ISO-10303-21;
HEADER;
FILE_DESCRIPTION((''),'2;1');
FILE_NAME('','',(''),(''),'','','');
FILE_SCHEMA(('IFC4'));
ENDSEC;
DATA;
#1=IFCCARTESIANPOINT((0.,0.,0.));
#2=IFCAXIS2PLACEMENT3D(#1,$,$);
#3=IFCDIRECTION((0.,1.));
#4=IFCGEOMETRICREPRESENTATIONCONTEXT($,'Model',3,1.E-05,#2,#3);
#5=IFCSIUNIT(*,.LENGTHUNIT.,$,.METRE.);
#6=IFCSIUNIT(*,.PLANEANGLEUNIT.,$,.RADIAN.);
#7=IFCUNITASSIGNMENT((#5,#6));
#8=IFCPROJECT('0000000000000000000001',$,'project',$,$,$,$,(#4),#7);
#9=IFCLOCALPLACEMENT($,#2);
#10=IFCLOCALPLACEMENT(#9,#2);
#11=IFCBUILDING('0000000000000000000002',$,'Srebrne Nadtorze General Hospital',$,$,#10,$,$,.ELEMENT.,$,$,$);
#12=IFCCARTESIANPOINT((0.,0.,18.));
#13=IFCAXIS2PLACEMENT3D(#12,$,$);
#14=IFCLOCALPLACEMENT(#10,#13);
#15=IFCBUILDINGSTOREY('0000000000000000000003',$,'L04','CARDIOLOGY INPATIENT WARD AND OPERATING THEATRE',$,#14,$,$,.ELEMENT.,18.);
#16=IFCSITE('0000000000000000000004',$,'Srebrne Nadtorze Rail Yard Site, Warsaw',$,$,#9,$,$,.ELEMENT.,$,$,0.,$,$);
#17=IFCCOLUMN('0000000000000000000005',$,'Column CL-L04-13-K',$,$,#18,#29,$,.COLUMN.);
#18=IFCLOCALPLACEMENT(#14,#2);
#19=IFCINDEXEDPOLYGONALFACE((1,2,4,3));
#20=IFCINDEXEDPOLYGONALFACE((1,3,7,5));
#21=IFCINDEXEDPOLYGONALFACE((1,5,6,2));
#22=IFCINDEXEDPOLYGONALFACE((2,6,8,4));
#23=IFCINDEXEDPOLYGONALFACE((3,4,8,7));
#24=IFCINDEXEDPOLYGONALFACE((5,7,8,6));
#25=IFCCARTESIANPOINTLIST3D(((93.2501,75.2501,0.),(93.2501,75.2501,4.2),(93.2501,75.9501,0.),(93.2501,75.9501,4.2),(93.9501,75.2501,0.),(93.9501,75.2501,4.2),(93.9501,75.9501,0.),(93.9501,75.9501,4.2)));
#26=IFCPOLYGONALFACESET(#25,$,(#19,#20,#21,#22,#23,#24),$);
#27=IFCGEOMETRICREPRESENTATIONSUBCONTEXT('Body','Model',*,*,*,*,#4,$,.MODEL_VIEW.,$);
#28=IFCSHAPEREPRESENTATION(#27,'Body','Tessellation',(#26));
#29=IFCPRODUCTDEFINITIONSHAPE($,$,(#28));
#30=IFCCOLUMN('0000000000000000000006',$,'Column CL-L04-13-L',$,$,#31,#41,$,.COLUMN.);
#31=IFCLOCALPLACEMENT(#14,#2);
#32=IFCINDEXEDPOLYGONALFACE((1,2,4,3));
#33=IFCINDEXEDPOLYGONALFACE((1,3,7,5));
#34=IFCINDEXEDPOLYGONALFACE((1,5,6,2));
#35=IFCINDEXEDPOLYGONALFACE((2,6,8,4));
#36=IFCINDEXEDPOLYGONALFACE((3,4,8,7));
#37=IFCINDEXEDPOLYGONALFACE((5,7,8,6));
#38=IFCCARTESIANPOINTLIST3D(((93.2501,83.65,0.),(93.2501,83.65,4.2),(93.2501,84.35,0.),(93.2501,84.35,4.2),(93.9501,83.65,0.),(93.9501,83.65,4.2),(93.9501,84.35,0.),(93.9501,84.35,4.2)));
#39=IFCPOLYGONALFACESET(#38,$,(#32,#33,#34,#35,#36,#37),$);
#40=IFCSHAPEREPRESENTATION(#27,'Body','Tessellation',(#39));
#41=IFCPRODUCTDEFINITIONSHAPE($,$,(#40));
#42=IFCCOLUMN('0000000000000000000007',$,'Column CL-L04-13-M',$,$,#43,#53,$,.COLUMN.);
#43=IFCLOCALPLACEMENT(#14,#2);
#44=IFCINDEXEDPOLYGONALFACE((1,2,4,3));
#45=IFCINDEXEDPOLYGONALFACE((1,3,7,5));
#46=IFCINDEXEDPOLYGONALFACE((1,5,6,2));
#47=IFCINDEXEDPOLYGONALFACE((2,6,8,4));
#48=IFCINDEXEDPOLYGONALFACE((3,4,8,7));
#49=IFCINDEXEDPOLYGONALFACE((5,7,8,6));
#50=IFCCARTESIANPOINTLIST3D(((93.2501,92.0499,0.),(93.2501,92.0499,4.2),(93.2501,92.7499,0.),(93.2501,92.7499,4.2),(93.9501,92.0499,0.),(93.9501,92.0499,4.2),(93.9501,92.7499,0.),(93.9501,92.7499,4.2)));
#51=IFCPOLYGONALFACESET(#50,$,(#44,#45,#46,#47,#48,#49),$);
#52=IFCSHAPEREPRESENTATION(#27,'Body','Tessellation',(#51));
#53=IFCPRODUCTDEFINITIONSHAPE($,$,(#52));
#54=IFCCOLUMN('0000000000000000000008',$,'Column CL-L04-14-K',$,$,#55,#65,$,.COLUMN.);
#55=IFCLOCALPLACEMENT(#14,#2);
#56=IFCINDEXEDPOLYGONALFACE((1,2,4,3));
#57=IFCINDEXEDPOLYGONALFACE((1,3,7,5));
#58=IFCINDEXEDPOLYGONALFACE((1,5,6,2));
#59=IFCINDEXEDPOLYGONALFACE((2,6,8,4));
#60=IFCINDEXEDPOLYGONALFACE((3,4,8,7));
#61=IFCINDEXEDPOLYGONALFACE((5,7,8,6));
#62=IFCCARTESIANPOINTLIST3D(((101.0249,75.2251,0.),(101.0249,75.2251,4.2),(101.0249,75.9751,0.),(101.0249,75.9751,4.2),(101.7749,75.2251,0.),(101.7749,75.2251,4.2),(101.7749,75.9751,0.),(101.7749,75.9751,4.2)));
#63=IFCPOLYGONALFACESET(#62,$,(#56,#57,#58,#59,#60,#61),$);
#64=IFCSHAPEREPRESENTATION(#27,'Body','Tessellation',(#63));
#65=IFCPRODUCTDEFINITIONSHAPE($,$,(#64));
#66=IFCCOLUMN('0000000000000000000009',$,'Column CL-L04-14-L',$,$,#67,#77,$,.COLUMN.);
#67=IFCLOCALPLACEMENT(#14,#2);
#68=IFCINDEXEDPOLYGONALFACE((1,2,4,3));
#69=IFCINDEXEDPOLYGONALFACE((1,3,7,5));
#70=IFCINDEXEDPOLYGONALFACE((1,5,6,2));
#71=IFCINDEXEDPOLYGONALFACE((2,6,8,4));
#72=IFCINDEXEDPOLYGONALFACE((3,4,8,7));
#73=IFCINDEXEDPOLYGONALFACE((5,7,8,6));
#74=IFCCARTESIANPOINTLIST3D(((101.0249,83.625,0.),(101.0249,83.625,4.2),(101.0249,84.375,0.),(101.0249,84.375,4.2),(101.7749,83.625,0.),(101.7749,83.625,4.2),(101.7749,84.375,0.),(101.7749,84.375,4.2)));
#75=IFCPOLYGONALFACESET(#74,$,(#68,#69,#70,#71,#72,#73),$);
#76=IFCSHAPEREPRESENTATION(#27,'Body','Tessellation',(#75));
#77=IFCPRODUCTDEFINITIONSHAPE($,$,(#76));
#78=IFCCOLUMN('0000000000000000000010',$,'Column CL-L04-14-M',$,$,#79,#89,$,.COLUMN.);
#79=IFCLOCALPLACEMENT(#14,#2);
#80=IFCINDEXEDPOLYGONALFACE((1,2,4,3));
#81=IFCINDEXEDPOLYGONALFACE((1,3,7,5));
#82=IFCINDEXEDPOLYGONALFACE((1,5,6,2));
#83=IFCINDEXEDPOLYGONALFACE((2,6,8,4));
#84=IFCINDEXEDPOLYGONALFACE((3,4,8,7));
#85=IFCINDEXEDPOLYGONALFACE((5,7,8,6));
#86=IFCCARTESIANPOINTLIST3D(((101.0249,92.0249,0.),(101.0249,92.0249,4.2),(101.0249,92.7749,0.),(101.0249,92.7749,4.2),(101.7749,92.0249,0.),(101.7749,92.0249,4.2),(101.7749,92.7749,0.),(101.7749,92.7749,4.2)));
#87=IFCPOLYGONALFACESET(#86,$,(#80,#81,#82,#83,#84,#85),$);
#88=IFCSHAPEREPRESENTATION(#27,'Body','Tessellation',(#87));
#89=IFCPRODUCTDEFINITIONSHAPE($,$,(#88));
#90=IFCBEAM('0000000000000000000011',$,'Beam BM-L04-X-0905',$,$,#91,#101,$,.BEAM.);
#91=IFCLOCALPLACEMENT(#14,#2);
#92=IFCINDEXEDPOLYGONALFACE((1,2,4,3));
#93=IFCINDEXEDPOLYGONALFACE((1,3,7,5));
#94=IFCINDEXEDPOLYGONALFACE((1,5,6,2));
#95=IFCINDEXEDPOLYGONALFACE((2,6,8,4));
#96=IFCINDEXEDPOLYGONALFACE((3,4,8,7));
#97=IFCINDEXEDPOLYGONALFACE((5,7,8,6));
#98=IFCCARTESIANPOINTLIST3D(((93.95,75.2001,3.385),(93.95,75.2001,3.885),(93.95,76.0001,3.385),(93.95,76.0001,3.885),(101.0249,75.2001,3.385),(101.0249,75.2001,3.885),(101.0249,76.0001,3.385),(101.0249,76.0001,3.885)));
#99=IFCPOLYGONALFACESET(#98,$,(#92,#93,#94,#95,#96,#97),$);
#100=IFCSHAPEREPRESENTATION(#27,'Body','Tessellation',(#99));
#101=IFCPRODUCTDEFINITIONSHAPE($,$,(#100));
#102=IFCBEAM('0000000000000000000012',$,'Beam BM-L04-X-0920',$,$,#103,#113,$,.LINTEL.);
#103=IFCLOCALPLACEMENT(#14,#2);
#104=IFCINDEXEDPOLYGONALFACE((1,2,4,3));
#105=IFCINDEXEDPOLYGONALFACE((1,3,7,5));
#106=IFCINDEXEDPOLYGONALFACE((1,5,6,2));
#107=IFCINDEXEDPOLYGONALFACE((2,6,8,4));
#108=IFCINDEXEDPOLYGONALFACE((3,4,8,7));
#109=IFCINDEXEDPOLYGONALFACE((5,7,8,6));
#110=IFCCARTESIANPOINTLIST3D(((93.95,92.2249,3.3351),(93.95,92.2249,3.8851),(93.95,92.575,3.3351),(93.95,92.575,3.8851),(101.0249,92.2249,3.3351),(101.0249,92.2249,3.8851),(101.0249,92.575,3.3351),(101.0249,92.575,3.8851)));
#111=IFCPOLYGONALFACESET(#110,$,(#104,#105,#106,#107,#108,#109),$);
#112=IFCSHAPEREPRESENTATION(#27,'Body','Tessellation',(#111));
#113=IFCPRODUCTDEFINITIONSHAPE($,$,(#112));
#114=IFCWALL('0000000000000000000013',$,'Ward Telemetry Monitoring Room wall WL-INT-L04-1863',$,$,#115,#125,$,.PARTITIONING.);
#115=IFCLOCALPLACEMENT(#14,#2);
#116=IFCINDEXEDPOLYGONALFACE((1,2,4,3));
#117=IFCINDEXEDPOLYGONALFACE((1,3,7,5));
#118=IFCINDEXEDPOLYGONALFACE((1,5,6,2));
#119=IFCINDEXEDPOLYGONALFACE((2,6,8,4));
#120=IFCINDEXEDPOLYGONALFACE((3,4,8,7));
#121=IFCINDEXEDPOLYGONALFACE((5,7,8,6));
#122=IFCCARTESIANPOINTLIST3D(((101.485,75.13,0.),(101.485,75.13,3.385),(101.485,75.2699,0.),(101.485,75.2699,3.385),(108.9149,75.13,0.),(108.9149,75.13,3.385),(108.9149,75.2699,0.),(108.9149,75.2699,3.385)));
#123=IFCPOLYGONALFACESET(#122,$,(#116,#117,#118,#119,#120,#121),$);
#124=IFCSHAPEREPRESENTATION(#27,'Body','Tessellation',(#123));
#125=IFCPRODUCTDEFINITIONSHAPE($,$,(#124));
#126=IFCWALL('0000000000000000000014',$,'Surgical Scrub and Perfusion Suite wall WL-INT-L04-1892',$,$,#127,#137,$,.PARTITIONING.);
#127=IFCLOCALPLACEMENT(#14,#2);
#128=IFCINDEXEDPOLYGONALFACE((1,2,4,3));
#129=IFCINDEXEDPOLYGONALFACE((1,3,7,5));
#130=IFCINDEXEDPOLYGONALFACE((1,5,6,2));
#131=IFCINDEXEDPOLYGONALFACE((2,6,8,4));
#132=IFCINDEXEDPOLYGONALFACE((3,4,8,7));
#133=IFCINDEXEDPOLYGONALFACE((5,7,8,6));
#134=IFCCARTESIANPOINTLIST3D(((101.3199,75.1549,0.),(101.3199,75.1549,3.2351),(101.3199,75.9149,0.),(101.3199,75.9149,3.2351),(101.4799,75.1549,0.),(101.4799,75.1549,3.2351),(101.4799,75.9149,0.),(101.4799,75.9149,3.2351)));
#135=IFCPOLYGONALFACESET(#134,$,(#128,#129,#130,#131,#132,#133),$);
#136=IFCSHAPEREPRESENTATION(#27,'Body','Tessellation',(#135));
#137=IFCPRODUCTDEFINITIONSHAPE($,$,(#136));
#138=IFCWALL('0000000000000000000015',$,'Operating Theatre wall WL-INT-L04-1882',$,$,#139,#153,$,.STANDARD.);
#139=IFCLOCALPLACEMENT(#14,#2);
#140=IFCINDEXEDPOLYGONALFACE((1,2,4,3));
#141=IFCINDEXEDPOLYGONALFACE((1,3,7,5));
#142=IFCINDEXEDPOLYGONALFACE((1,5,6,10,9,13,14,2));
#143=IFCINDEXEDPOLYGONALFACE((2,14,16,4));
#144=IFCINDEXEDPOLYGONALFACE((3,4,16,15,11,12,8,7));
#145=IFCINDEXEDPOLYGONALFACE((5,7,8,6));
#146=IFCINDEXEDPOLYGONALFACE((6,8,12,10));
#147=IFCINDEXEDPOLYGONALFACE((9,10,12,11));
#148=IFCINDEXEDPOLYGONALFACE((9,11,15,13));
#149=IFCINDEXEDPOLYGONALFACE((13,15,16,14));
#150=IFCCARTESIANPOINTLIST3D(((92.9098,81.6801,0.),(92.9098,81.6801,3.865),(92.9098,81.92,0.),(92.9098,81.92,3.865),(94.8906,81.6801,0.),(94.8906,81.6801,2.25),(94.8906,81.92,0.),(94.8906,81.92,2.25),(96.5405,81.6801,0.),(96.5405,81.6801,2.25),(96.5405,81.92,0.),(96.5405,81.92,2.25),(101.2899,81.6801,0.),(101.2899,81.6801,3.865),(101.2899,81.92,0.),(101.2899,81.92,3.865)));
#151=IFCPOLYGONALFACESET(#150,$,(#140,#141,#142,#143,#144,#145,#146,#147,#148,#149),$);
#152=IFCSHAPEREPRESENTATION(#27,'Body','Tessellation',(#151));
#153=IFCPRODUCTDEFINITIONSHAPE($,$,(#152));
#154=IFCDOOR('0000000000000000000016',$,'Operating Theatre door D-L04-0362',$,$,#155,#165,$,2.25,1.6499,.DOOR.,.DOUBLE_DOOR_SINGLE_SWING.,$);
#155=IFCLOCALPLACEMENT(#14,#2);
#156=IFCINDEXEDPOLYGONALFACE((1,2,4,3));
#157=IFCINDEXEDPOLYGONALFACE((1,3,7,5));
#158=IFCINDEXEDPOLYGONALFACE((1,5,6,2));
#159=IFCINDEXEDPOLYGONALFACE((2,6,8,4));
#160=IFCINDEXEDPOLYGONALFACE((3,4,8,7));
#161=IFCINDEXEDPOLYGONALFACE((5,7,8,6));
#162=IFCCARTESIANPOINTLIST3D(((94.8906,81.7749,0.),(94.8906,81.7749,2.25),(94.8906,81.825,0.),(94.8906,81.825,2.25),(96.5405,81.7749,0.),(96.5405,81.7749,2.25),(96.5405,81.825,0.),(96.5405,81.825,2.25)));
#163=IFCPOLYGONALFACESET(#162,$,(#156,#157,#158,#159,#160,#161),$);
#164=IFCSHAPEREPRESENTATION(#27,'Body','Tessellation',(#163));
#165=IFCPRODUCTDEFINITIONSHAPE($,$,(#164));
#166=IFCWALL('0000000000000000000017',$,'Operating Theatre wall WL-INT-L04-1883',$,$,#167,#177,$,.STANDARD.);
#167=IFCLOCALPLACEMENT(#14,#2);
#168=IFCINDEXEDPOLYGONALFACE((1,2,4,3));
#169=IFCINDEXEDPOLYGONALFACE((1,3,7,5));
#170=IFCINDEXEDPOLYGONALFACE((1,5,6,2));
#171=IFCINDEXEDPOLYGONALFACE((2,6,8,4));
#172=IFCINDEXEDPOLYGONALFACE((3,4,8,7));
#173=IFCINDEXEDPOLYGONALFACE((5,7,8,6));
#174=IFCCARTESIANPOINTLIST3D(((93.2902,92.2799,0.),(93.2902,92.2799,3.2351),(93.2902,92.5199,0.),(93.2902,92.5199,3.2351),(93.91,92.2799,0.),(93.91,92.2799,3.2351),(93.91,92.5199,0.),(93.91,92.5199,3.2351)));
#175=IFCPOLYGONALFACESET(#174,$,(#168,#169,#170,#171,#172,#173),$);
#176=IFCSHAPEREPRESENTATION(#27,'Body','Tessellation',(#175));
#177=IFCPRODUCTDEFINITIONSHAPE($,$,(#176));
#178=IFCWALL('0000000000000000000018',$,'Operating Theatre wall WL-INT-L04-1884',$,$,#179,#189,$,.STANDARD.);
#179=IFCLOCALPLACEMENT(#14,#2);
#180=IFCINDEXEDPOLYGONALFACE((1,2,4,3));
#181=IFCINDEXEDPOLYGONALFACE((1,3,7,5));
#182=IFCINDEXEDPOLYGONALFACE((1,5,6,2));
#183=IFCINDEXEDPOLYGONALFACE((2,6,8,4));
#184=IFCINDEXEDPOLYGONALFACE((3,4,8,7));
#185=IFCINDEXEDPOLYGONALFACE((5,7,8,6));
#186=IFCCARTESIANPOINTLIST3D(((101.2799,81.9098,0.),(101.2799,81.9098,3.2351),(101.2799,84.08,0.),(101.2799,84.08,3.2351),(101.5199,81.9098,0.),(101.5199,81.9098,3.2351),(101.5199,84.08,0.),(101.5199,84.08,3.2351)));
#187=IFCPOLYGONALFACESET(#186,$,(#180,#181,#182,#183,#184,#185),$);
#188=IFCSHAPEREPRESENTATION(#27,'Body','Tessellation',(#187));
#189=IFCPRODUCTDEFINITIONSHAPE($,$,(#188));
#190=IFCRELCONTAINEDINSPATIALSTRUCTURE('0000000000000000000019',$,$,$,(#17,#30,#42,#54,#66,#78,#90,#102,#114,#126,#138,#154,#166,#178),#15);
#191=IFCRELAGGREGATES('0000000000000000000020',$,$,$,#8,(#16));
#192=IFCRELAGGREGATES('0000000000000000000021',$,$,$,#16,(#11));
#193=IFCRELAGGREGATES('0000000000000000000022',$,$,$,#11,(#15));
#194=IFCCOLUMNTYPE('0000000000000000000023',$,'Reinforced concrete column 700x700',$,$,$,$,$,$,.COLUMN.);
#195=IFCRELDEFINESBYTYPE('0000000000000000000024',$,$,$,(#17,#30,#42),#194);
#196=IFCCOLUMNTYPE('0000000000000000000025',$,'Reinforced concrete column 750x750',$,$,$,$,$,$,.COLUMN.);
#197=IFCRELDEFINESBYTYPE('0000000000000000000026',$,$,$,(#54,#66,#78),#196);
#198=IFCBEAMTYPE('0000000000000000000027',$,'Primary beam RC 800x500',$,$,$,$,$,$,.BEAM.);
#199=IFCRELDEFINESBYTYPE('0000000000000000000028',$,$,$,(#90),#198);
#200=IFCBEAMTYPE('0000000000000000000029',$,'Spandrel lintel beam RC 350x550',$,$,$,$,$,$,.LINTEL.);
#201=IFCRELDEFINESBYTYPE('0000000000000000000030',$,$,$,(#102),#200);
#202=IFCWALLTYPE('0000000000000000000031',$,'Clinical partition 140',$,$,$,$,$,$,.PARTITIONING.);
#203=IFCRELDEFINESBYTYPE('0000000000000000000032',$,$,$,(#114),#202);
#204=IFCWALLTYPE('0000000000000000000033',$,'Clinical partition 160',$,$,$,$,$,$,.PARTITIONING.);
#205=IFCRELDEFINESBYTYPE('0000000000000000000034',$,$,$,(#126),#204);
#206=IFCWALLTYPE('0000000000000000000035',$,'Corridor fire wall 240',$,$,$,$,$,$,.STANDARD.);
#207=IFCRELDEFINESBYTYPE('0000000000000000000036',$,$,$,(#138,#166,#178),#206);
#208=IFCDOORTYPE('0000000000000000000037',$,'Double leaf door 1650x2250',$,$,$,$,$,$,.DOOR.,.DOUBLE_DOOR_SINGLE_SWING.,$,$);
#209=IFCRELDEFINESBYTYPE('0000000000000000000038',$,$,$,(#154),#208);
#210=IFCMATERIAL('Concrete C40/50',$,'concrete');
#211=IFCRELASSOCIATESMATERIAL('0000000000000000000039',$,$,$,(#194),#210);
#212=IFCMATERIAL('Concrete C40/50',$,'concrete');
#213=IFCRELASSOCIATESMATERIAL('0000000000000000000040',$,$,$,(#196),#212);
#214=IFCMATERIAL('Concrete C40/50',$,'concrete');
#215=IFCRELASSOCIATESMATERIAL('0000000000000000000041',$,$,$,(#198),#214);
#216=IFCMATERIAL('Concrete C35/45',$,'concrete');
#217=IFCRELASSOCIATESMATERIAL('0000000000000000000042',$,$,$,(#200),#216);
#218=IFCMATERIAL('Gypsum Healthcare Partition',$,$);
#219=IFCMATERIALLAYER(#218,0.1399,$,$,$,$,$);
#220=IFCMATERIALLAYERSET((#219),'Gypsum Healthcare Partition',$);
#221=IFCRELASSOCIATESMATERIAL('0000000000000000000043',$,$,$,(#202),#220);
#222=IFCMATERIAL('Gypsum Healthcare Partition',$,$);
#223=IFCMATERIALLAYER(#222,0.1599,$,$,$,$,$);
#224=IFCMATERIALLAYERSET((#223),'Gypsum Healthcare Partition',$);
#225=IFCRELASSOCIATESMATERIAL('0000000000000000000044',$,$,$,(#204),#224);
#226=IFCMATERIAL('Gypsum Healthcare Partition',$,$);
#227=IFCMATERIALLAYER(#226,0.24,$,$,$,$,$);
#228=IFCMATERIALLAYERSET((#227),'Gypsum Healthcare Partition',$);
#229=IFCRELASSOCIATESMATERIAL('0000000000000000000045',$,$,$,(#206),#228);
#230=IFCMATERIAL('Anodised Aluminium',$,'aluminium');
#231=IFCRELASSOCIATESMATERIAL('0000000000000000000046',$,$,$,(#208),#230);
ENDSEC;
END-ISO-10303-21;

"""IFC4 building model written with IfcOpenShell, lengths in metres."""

from ifc_helpers import new_model, si_unit, direction, frame, frame_2d, origin, origin_2d, place, context, subcontext, project, spatial, rectangle, extrude, material, layer, layer_set, material_profile, profile_set, type_object, element, fill, save


model = new_model("IFC4")

# Units and contexts
model_context = context("Model", 3, precision=1e-05, world=origin(), true_north=direction((0.0, 1.0)))
body_context = subcontext(model_context, "Body", "Model", "MODEL_VIEW")
ifc_project = project(units=[si_unit("LENGTHUNIT", "METRE"), si_unit("PLANEANGLEUNIT", "RADIAN")], contexts=[model_context])

# Site, building, storey
site_placement = place(None, origin())
site = spatial("IfcSite", under=ifc_project, at=site_placement, Name="Srebrne Nadtorze Rail Yard Site, Warsaw", CompositionType="ELEMENT", RefElevation=0.0)
building_placement = place(site_placement, origin())
building = spatial("IfcBuilding", under=site, at=building_placement, Name="Srebrne Nadtorze General Hospital", CompositionType="ELEMENT")
storey_placement = place(building_placement, frame((0.0, 0.0, 18.0)))
storey = spatial("IfcBuildingStorey", under=building, at=storey_placement, Name="L04", Description="CARDIOLOGY INPATIENT WARD AND OPERATING THEATRE", CompositionType="ELEMENT", Elevation=18.0)

# Columns
ifc_material_1 = material(Name="Concrete C40/50", Category="concrete")
ifc_material_profile_1 = material_profile(ifc_material_1, rectangle(XDim=0.7, YDim=0.7, at=origin_2d()), Name="RC-COL-700x700")
ifc_profile_set_1 = profile_set([ifc_material_profile_1], Name="Concrete C40/50")
column_type_1 = type_object("IfcColumnType", Name="Reinforced concrete column 700x700", PredefinedType="COLUMN", material=ifc_profile_set_1)
for number, where, z_axis, x_axis, name in (
    (1, (93.6001, 75.6001, 0.0), (0.0, 0.0, 1.0), (1.0, 0.0, 0.0), "Column CL-L04-13-K"),
    (2, (93.6001, 84.0, 0.0), (0.0, 0.0, 1.0), (1.0, 0.0, 0.0), "Column CL-L04-13-L"),
    (3, (93.6001, 92.3999, 0.0), (0.0, 0.0, 1.0), (1.0, 0.0, 0.0), "Column CL-L04-13-M"),
):
    element("IfcColumn", number, at=place(storey_placement, frame(where, z_axis=z_axis, x_axis=x_axis)), inside=storey, type_object=column_type_1, Name=name, PredefinedType="COLUMN", context=body_context, shape_type="SweptSolid", body=[
        extrude(rectangle(XDim=0.7, YDim=0.7, at=origin_2d()), origin(), (0.0, 0.0, 1.0), 4.2),
    ])
ifc_material_2 = material(Name="Concrete C40/50", Category="concrete")
ifc_material_profile_2 = material_profile(ifc_material_2, rectangle(XDim=0.75, YDim=0.75, at=origin_2d()), Name="RC-COL-750x750")
ifc_profile_set_2 = profile_set([ifc_material_profile_2], Name="Concrete C40/50")
column_type_2 = type_object("IfcColumnType", Name="Reinforced concrete column 750x750", PredefinedType="COLUMN", material=ifc_profile_set_2)
for number, where, z_axis, x_axis, name in (
    (4, (101.3999, 75.6001, 0.0), (0.0, 0.0, 1.0), (1.0, 0.0, 0.0), "Column CL-L04-14-K"),
    (5, (101.3999, 84.0, 0.0), (0.0, 0.0, 1.0), (1.0, 0.0, 0.0), "Column CL-L04-14-L"),
    (6, (101.3999, 92.3999, 0.0), (0.0, 0.0, 1.0), (1.0, 0.0, 0.0), "Column CL-L04-14-M"),
):
    element("IfcColumn", number, at=place(storey_placement, frame(where, z_axis=z_axis, x_axis=x_axis)), inside=storey, type_object=column_type_2, Name=name, PredefinedType="COLUMN", context=body_context, shape_type="SweptSolid", body=[
        extrude(rectangle(XDim=0.75, YDim=0.75, at=origin_2d()), origin(), (0.0, 0.0, 1.0), 4.2),
    ])

# Beams
ifc_material_3 = material(Name="Concrete C40/50", Category="concrete")
ifc_material_profile_3 = material_profile(ifc_material_3, rectangle(XDim=0.8, YDim=0.5, at=origin_2d()), Name="RC-BM-800x500")
ifc_profile_set_3 = profile_set([ifc_material_profile_3], Name="Concrete C40/50")
beam_type_1 = type_object("IfcBeamType", Name="Primary beam RC 800x500", PredefinedType="BEAM", material=ifc_profile_set_3)
beam_1_placement = place(storey_placement, frame((93.95, 75.6001, 3.635), z_axis=(1.0, 0.0, 0.0), x_axis=(0.0, 1.0, 0.0)))
element("IfcBeam", 7, at=beam_1_placement, inside=storey, type_object=beam_type_1, Name="Beam BM-L04-X-0905", PredefinedType="BEAM", context=body_context, shape_type="SweptSolid", body=[
    extrude(rectangle(XDim=0.8, YDim=0.5, at=origin_2d()), origin(), (0.0, 0.0, 1.0), 7.075),
])
ifc_material_4 = material(Name="Concrete C35/45", Category="concrete")
ifc_material_profile_4 = material_profile(ifc_material_4, rectangle(XDim=0.3501, YDim=0.55, at=origin_2d()), Name="RC-BM-350x550")
ifc_profile_set_4 = profile_set([ifc_material_profile_4], Name="Concrete C35/45")
beam_type_2 = type_object("IfcBeamType", Name="Spandrel lintel beam RC 350x550", PredefinedType="LINTEL", material=ifc_profile_set_4)
beam_2_placement = place(storey_placement, frame((93.95, 92.3999, 3.6101), z_axis=(1.0, 0.0, 0.0), x_axis=(0.0, 1.0, 0.0)))
element("IfcBeam", 8, at=beam_2_placement, inside=storey, type_object=beam_type_2, Name="Beam BM-L04-X-0920", PredefinedType="LINTEL", context=body_context, shape_type="SweptSolid", body=[
    extrude(rectangle(XDim=0.3501, YDim=0.55, at=origin_2d()), origin(), (0.0, 0.0, 1.0), 7.075),
])

# Walls
ifc_material_5 = material(Name="Gypsum Healthcare Partition")
ifc_layer_1 = layer(ifc_material_5, 0.1399)
ifc_layer_set_1 = layer_set([ifc_layer_1], Name="Gypsum Healthcare Partition")
wall_type_1 = type_object("IfcWallType", Name="Clinical partition 140", PredefinedType="PARTITIONING", material=ifc_layer_set_1)
wall_1_placement = place(storey_placement, frame((101.4851, 75.2, 0.0), z_axis=(0.0, 0.0, 1.0), x_axis=(1.0, 0.0, 0.0)))
element("IfcWall", 9, at=wall_1_placement, inside=storey, type_object=wall_type_1, Name="Ward Telemetry Monitoring Room wall WL-INT-L04-1863", PredefinedType="PARTITIONING", context=body_context, shape_type="SweptSolid", body=[
    extrude(rectangle(XDim=7.4299, YDim=0.1399, at=frame_2d((3.7148, 0.0))), origin(), (0.0, 0.0, 1.0), 3.385),
])
ifc_material_6 = material(Name="Gypsum Healthcare Partition")
ifc_layer_2 = layer(ifc_material_6, 0.1599)
ifc_layer_set_2 = layer_set([ifc_layer_2], Name="Gypsum Healthcare Partition")
wall_type_2 = type_object("IfcWallType", Name="Clinical partition 160", PredefinedType="PARTITIONING", material=ifc_layer_set_2)
wall_2_placement = place(storey_placement, frame((101.3999, 75.155, 0.0), z_axis=(0.0, 0.0, 1.0), x_axis=(0.0, 1.0, 0.0)))
element("IfcWall", 10, at=wall_2_placement, inside=storey, type_object=wall_type_2, Name="Surgical Scrub and Perfusion Suite wall WL-INT-L04-1892", PredefinedType="PARTITIONING", context=body_context, shape_type="SweptSolid", body=[
    extrude(rectangle(XDim=0.76, YDim=0.1599, at=frame_2d((0.3799, 0.0))), origin(), (0.0, 0.0, 1.0), 3.2351),
])

# Wall, opening, door
ifc_material_7 = material(Name="Gypsum Healthcare Partition")
ifc_layer_3 = layer(ifc_material_7, 0.24)
ifc_layer_set_3 = layer_set([ifc_layer_3], Name="Gypsum Healthcare Partition")
wall_type_3 = type_object("IfcWallType", Name="Corridor fire wall 240", PredefinedType="STANDARD", material=ifc_layer_set_3)
wall_3_placement = place(storey_placement, frame((92.9099, 81.8, 0.0), z_axis=(0.0, 0.0, 1.0), x_axis=(1.0, 0.0, 0.0)))
wall_3 = element("IfcWall", 11, at=wall_3_placement, inside=storey, type_object=wall_type_3, Name="Operating Theatre wall WL-INT-L04-1882", PredefinedType="STANDARD", context=body_context, shape_type="SweptSolid", body=[
    extrude(rectangle(XDim=8.3801, YDim=0.24, at=frame_2d((4.1899, 0.0))), origin(), (0.0, 0.0, 1.0), 3.865),
])
opening_1_placement = place(wall_3_placement, frame((1.9807, 0.0, 0.0)))
opening_1 = element("IfcOpeningElement", 12, at=opening_1_placement, cuts=wall_3, PredefinedType="OPENING", context=body_context, shape_type="SweptSolid", body=[
    extrude(rectangle(XDim=1.6499, YDim=2.25, at=frame_2d((0.825, 1.125))), frame((0.0, 0.1318, 0.0), z_axis=(0.0, -1.0, 0.0), x_axis=(1.0, 0.0, 0.0)), (0.0, 0.0, 1.0), 0.2639),
])
ifc_material_8 = material(Name="Anodised Aluminium", Category="aluminium")
door_type_1 = type_object("IfcDoorType", Name="Double leaf door 1650x2250", OperationType="DOUBLE_DOOR_SINGLE_SWING", PredefinedType="DOOR", material=ifc_material_8)
door_1_placement = place(opening_1_placement, origin())
door_1 = element("IfcDoor", 13, at=door_1_placement, inside=storey, type_object=door_type_1, Name="Operating Theatre door D-L04-0362", OperationType="DOUBLE_DOOR_SINGLE_SWING", OverallHeight=2.25, OverallWidth=1.6499, PredefinedType="DOOR", context=body_context, shape_type="SweptSolid", body=[
    extrude(rectangle(XDim=1.6499, YDim=2.25, at=frame_2d((0.825, 1.125))), frame((0.0, 0.0249, 0.0), z_axis=(0.0, -1.0, 0.0), x_axis=(1.0, 0.0, 0.0)), (0.0, 0.0, 1.0), 0.05),
])
fill(opening_1, door_1)

# Walls
wall_4_placement = place(storey_placement, frame((93.29, 92.3999, 0.0), z_axis=(0.0, 0.0, 1.0), x_axis=(1.0, 0.0, 0.0)))
element("IfcWall", 14, at=wall_4_placement, inside=storey, type_object=wall_type_3, Name="Operating Theatre wall WL-INT-L04-1883", PredefinedType="STANDARD", context=body_context, shape_type="SweptSolid", body=[
    extrude(rectangle(XDim=0.6199, YDim=0.24, at=frame_2d((0.3101, 0.0))), origin(), (0.0, 0.0, 1.0), 3.2351),
])
wall_5_placement = place(storey_placement, frame((101.3999, 81.9099, 0.0), z_axis=(0.0, 0.0, 1.0), x_axis=(0.0, 1.0, 0.0)))
element("IfcWall", 15, at=wall_5_placement, inside=storey, type_object=wall_type_3, Name="Operating Theatre wall WL-INT-L04-1884", PredefinedType="STANDARD", context=body_context, shape_type="SweptSolid", body=[
    extrude(rectangle(XDim=2.1702, YDim=0.24, at=frame_2d((1.085, 0.0))), origin(), (0.0, 0.0, 1.0), 3.2351),
])

save(model, "model.ifc")
